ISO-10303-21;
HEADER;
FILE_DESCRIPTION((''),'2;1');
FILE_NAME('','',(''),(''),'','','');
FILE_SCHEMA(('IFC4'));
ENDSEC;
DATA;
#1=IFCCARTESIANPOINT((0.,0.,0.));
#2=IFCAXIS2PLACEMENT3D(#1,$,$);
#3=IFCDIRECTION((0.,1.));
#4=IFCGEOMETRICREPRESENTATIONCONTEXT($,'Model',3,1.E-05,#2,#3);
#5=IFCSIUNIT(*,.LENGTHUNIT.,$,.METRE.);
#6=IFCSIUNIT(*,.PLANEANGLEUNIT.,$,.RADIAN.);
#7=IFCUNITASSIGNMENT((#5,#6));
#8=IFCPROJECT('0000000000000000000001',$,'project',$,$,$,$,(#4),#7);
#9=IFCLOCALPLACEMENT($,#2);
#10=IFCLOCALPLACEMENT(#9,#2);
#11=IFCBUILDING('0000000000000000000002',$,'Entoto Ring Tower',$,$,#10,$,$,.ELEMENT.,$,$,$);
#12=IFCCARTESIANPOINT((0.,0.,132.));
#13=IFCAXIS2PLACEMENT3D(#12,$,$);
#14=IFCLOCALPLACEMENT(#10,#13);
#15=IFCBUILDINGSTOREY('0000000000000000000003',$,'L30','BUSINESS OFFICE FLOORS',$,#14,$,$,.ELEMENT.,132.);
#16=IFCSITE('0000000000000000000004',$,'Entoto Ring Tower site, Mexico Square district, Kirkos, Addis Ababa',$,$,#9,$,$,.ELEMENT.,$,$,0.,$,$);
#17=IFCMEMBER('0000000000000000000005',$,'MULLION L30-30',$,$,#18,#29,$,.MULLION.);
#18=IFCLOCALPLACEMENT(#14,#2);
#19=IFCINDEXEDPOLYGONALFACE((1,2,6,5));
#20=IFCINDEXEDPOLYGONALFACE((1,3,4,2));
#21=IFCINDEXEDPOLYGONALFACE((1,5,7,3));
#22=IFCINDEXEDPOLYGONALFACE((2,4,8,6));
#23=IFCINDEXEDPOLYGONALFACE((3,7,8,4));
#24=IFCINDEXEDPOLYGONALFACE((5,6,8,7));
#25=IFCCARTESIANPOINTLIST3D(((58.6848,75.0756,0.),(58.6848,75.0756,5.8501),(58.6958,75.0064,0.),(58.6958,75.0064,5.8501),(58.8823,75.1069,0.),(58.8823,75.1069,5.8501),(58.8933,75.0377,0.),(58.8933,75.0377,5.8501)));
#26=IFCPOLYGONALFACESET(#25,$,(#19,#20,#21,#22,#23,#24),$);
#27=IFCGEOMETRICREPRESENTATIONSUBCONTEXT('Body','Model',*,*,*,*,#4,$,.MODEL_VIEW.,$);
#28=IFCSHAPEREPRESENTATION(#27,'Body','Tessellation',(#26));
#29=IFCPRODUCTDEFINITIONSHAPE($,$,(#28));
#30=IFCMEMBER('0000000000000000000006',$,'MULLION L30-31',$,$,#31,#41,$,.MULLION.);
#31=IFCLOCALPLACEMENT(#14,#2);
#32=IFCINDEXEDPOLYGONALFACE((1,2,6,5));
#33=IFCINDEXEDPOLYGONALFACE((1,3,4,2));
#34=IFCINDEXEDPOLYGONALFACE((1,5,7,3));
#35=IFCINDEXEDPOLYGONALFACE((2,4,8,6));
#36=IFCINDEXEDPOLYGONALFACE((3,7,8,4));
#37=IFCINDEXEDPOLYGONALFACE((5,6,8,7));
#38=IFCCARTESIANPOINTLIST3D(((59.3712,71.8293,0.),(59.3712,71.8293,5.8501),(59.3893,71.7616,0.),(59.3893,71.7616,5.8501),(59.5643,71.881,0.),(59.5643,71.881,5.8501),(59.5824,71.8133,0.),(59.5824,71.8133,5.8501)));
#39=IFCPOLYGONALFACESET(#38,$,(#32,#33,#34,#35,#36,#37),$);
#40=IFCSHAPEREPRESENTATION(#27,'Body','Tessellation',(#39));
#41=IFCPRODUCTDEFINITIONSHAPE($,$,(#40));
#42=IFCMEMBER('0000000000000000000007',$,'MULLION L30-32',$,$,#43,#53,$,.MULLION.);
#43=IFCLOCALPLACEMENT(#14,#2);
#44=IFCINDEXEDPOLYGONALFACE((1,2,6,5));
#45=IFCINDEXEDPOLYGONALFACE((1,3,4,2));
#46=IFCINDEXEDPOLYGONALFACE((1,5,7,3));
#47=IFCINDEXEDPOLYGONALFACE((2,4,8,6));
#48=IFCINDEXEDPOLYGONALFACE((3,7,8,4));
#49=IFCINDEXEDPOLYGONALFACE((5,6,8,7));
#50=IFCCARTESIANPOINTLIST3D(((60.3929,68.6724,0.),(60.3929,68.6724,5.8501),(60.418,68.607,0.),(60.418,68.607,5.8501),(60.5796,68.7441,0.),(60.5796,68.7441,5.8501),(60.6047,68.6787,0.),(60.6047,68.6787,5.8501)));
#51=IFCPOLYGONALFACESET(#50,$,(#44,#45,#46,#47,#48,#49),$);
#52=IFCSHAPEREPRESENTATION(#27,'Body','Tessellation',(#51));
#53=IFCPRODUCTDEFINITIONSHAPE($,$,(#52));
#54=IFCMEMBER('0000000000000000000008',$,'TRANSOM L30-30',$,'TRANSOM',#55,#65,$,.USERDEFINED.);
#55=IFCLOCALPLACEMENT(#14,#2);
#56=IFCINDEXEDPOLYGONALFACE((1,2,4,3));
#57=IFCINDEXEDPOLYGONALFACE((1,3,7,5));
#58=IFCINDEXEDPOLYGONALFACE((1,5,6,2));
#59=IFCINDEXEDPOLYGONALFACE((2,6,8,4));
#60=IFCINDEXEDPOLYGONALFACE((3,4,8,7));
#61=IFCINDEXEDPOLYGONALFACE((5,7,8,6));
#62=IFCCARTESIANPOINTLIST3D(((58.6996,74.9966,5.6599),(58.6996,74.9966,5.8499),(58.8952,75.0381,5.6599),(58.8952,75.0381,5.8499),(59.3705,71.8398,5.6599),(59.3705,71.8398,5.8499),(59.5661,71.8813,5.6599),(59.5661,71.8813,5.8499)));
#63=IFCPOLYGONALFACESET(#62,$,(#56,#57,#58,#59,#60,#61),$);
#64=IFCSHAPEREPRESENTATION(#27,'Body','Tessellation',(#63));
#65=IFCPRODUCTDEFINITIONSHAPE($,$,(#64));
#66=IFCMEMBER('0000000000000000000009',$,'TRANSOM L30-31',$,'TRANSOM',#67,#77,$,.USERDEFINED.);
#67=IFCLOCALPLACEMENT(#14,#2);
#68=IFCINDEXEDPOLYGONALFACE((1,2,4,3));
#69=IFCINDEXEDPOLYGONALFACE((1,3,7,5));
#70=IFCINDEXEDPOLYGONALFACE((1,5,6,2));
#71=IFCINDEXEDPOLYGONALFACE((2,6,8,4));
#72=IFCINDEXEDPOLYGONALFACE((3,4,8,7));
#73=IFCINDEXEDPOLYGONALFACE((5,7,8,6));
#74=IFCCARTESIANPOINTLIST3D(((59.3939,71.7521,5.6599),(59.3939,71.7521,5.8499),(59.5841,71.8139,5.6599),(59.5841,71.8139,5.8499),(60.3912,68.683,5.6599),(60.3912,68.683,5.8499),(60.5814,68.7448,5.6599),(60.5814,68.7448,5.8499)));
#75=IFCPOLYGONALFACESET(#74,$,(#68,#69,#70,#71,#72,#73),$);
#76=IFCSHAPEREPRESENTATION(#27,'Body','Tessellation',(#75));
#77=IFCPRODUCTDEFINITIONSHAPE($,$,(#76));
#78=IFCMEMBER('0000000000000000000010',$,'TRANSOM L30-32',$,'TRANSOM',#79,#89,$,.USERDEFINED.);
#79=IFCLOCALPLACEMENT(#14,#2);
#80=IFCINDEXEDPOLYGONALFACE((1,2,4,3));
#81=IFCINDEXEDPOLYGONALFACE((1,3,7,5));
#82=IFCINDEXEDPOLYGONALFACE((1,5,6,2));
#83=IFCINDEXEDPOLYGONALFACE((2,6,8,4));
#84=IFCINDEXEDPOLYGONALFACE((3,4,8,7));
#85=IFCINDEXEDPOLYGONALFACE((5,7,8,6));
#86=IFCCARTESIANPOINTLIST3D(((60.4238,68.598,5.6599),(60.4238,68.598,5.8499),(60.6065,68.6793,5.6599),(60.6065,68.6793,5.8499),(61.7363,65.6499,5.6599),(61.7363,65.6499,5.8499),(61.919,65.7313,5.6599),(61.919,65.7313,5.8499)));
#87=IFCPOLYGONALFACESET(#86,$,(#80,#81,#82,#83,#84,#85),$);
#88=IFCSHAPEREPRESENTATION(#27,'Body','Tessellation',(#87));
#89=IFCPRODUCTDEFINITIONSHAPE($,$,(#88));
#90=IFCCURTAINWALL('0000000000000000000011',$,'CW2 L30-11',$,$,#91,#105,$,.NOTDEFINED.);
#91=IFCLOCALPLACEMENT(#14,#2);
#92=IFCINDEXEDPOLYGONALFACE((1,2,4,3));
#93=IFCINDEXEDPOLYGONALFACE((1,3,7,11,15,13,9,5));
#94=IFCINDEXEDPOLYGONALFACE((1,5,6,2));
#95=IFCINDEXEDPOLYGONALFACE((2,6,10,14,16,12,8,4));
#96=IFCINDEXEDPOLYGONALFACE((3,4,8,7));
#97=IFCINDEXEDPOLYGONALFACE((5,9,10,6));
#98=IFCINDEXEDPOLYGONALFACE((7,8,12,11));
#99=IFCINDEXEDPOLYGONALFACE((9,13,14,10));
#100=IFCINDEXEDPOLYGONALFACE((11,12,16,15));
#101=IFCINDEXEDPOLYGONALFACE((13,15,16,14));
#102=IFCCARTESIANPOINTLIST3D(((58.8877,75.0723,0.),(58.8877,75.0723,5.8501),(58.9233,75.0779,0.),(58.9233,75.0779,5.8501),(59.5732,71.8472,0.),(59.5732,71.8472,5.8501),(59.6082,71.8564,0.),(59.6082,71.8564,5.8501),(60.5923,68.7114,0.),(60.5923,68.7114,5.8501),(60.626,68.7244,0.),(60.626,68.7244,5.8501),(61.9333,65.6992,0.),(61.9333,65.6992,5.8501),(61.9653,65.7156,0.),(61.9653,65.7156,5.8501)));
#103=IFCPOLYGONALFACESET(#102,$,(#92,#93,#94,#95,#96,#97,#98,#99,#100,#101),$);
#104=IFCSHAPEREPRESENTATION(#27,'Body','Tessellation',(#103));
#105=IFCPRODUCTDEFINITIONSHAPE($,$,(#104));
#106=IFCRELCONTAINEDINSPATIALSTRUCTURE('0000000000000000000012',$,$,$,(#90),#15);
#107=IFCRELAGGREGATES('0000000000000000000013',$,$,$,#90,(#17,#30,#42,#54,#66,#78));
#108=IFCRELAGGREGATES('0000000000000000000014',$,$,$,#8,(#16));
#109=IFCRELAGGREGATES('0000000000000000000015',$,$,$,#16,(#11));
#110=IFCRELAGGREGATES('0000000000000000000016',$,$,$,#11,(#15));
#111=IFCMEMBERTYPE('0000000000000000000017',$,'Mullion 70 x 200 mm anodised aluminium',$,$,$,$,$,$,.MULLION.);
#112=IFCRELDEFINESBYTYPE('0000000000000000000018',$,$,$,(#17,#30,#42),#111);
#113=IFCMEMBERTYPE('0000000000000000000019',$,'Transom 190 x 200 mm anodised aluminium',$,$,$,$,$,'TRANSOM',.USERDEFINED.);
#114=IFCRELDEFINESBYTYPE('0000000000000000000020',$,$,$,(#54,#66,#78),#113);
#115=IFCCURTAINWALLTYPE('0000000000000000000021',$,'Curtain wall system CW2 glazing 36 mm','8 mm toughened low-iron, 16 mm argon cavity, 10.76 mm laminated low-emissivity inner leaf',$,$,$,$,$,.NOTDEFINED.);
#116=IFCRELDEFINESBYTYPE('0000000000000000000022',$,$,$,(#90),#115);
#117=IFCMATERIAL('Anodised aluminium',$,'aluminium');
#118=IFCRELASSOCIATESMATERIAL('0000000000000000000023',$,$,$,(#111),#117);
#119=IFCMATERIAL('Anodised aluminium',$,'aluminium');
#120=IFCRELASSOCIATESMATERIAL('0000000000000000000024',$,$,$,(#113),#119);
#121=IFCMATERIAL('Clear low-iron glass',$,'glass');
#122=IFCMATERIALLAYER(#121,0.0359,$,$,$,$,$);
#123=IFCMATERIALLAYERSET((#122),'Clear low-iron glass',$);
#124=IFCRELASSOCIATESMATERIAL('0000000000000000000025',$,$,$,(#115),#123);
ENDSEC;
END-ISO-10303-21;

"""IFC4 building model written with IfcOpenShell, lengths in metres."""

from ifc_helpers import new_model, si_unit, direction, frame, origin, origin_2d, place, context, subcontext, project, spatial, polyline, rectangle, outline, extrude, material, layer, layer_set, material_profile, profile_set, type_object, element, aggregate, save


model = new_model("IFC4")

# Units and contexts
model_context = context("Model", 3, precision=1e-05, world=origin(), true_north=direction((0.0, 1.0)))
body_context = subcontext(model_context, "Body", "Model", "MODEL_VIEW")
ifc_project = project(units=[si_unit("LENGTHUNIT", "METRE"), si_unit("PLANEANGLEUNIT", "RADIAN")], contexts=[model_context])

# Members
ifc_material_1 = material(Name="Anodised aluminium", Category="aluminium")
ifc_material_profile_1 = material_profile(ifc_material_1, rectangle(XDim=0.0701, YDim=0.2, at=origin_2d()), Name="Mullion 70 x 200 mm anodised aluminium")
ifc_profile_set_1 = profile_set([ifc_material_profile_1], Name="Anodised aluminium")
member_type_1 = type_object("IfcMemberType", Name="Mullion 70 x 200 mm anodised aluminium", PredefinedType="MULLION", material=ifc_profile_set_1)
site_placement = place(None, origin())
building_placement = place(site_placement, origin())
storey_placement = place(building_placement, frame((0.0, 0.0, 132.0)))
member_1_placement = place(storey_placement, frame((58.7891, 75.0566, 0.0), z_axis=(0.0, 0.0, 1.0), x_axis=(0.156434, -0.987688, 0.0)))
member_1 = element("IfcMember", 1, at=member_1_placement, type_object=member_type_1, Name="MULLION L30-30", PredefinedType="MULLION", context=body_context, shape_type="SweptSolid", body=[
    extrude(rectangle(XDim=0.0701, YDim=0.2, at=origin_2d()), origin(), (0.0, 0.0, 1.0), 5.8501),
])
member_2_placement = place(storey_placement, frame((59.4768, 71.8213, 0.0), z_axis=(0.0, 0.0, 1.0), x_axis=(0.258819, -0.965926, 0.0)))
member_2 = element("IfcMember", 2, at=member_2_placement, type_object=member_type_1, Name="MULLION L30-31", PredefinedType="MULLION", context=body_context, shape_type="SweptSolid", body=[
    extrude(rectangle(XDim=0.0701, YDim=0.2, at=origin_2d()), origin(), (0.0, 0.0, 1.0), 5.8501),
])
member_3_placement = place(storey_placement, frame((60.4988, 68.6755, 0.0), z_axis=(0.0, 0.0, 1.0), x_axis=(0.358368, -0.93358, 0.0)))
member_3 = element("IfcMember", 3, at=member_3_placement, type_object=member_type_1, Name="MULLION L30-32", PredefinedType="MULLION", context=body_context, shape_type="SweptSolid", body=[
    extrude(rectangle(XDim=0.0701, YDim=0.2, at=origin_2d()), origin(), (0.0, 0.0, 1.0), 5.8501),
])
ifc_material_2 = material(Name="Anodised aluminium", Category="aluminium")
ifc_material_profile_2 = material_profile(ifc_material_2, rectangle(XDim=0.2, YDim=0.1899, at=origin_2d()), Name="Transom 190 x 200 mm anodised aluminium")
ifc_profile_set_2 = profile_set([ifc_material_profile_2], Name="Anodised aluminium")
member_type_2 = type_object("IfcMemberType", Name="Transom 190 x 200 mm anodised aluminium", ElementType="TRANSOM", PredefinedType="USERDEFINED", material=ifc_profile_set_2)
member_4_placement = place(storey_placement, frame((58.7974, 75.0173, 5.7549), z_axis=(0.207886, -0.978153, 0.0), x_axis=(0.978153, 0.207886, 0.0)))
member_4 = element("IfcMember", 4, at=member_4_placement, type_object=member_type_2, Name="TRANSOM L30-30", ObjectType="TRANSOM", PredefinedType="USERDEFINED", context=body_context, shape_type="SweptSolid", body=[
    extrude(rectangle(XDim=0.2, YDim=0.1899, at=origin_2d()), origin(), (0.0, 0.0, 1.0), 3.2273),
])
member_5_placement = place(storey_placement, frame((59.489, 71.783, 5.7549), z_axis=(0.309047, -0.951047, 0.0), x_axis=(0.951047, 0.309047, 0.0)))
member_5 = element("IfcMember", 5, at=member_5_placement, type_object=member_type_2, Name="TRANSOM L30-31", ObjectType="TRANSOM", PredefinedType="USERDEFINED", context=body_context, shape_type="SweptSolid", body=[
    extrude(rectangle(XDim=0.2, YDim=0.1899, at=origin_2d()), origin(), (0.0, 0.0, 1.0), 3.2271),
])
member_6_placement = place(storey_placement, frame((60.5151, 68.6387, 5.7549), z_axis=(0.406728, -0.913549, 0.0), x_axis=(0.913549, 0.406728, 0.0)))
member_6 = element("IfcMember", 6, at=member_6_placement, type_object=member_type_2, Name="TRANSOM L30-32", ObjectType="TRANSOM", PredefinedType="USERDEFINED", context=body_context, shape_type="SweptSolid", body=[
    extrude(rectangle(XDim=0.2, YDim=0.1899, at=origin_2d()), origin(), (0.0, 0.0, 1.0), 3.2271),
])

# Site, building, storey
site = spatial("IfcSite", under=ifc_project, at=site_placement, Name="Entoto Ring Tower site, Mexico Square district, Kirkos, Addis Ababa", CompositionType="ELEMENT", RefElevation=0.0)
building = spatial("IfcBuilding", under=site, at=building_placement, Name="Entoto Ring Tower", CompositionType="ELEMENT")
storey = spatial("IfcBuildingStorey", under=building, at=storey_placement, Name="L30", Description="BUSINESS OFFICE FLOORS", CompositionType="ELEMENT", Elevation=132.0)

# Curtain wall
ifc_material_3 = material(Name="Clear low-iron glass", Category="glass")
ifc_layer = layer(ifc_material_3, 0.0359)
ifc_layer_set = layer_set([ifc_layer], Name="Clear low-iron glass")
curtain_wall_type = type_object("IfcCurtainWallType", Name="Curtain wall system CW2 glazing 36 mm", Description="8 mm toughened low-iron, 16 mm argon cavity, 10.76 mm laminated low-emissivity inner leaf", PredefinedType="NOTDEFINED", material=ifc_layer_set)
curtain_wall_1_placement = place(storey_placement, origin())
curtain_wall_1 = element("IfcCurtainWall", 7, at=curtain_wall_1_placement, inside=storey, type_object=curtain_wall_type, Name="CW2 L30-11", PredefinedType="NOTDEFINED", context=body_context, shape_type="SweptSolid", body=[
    extrude(outline(polyline([(58.8877, 75.0723), (59.5732, 71.8472), (60.5923, 68.7114), (61.9333, 65.6992), (61.9653, 65.7156), (60.626, 68.7244), (59.6082, 71.8564), (58.9233, 75.0779), (58.8877, 75.0723)])), origin(), (0.0, 0.0, 1.0), 5.8501),
])
aggregate(curtain_wall_1, [member_1, member_2, member_3, member_4, member_5, member_6])

save(model, "model.ifc")
